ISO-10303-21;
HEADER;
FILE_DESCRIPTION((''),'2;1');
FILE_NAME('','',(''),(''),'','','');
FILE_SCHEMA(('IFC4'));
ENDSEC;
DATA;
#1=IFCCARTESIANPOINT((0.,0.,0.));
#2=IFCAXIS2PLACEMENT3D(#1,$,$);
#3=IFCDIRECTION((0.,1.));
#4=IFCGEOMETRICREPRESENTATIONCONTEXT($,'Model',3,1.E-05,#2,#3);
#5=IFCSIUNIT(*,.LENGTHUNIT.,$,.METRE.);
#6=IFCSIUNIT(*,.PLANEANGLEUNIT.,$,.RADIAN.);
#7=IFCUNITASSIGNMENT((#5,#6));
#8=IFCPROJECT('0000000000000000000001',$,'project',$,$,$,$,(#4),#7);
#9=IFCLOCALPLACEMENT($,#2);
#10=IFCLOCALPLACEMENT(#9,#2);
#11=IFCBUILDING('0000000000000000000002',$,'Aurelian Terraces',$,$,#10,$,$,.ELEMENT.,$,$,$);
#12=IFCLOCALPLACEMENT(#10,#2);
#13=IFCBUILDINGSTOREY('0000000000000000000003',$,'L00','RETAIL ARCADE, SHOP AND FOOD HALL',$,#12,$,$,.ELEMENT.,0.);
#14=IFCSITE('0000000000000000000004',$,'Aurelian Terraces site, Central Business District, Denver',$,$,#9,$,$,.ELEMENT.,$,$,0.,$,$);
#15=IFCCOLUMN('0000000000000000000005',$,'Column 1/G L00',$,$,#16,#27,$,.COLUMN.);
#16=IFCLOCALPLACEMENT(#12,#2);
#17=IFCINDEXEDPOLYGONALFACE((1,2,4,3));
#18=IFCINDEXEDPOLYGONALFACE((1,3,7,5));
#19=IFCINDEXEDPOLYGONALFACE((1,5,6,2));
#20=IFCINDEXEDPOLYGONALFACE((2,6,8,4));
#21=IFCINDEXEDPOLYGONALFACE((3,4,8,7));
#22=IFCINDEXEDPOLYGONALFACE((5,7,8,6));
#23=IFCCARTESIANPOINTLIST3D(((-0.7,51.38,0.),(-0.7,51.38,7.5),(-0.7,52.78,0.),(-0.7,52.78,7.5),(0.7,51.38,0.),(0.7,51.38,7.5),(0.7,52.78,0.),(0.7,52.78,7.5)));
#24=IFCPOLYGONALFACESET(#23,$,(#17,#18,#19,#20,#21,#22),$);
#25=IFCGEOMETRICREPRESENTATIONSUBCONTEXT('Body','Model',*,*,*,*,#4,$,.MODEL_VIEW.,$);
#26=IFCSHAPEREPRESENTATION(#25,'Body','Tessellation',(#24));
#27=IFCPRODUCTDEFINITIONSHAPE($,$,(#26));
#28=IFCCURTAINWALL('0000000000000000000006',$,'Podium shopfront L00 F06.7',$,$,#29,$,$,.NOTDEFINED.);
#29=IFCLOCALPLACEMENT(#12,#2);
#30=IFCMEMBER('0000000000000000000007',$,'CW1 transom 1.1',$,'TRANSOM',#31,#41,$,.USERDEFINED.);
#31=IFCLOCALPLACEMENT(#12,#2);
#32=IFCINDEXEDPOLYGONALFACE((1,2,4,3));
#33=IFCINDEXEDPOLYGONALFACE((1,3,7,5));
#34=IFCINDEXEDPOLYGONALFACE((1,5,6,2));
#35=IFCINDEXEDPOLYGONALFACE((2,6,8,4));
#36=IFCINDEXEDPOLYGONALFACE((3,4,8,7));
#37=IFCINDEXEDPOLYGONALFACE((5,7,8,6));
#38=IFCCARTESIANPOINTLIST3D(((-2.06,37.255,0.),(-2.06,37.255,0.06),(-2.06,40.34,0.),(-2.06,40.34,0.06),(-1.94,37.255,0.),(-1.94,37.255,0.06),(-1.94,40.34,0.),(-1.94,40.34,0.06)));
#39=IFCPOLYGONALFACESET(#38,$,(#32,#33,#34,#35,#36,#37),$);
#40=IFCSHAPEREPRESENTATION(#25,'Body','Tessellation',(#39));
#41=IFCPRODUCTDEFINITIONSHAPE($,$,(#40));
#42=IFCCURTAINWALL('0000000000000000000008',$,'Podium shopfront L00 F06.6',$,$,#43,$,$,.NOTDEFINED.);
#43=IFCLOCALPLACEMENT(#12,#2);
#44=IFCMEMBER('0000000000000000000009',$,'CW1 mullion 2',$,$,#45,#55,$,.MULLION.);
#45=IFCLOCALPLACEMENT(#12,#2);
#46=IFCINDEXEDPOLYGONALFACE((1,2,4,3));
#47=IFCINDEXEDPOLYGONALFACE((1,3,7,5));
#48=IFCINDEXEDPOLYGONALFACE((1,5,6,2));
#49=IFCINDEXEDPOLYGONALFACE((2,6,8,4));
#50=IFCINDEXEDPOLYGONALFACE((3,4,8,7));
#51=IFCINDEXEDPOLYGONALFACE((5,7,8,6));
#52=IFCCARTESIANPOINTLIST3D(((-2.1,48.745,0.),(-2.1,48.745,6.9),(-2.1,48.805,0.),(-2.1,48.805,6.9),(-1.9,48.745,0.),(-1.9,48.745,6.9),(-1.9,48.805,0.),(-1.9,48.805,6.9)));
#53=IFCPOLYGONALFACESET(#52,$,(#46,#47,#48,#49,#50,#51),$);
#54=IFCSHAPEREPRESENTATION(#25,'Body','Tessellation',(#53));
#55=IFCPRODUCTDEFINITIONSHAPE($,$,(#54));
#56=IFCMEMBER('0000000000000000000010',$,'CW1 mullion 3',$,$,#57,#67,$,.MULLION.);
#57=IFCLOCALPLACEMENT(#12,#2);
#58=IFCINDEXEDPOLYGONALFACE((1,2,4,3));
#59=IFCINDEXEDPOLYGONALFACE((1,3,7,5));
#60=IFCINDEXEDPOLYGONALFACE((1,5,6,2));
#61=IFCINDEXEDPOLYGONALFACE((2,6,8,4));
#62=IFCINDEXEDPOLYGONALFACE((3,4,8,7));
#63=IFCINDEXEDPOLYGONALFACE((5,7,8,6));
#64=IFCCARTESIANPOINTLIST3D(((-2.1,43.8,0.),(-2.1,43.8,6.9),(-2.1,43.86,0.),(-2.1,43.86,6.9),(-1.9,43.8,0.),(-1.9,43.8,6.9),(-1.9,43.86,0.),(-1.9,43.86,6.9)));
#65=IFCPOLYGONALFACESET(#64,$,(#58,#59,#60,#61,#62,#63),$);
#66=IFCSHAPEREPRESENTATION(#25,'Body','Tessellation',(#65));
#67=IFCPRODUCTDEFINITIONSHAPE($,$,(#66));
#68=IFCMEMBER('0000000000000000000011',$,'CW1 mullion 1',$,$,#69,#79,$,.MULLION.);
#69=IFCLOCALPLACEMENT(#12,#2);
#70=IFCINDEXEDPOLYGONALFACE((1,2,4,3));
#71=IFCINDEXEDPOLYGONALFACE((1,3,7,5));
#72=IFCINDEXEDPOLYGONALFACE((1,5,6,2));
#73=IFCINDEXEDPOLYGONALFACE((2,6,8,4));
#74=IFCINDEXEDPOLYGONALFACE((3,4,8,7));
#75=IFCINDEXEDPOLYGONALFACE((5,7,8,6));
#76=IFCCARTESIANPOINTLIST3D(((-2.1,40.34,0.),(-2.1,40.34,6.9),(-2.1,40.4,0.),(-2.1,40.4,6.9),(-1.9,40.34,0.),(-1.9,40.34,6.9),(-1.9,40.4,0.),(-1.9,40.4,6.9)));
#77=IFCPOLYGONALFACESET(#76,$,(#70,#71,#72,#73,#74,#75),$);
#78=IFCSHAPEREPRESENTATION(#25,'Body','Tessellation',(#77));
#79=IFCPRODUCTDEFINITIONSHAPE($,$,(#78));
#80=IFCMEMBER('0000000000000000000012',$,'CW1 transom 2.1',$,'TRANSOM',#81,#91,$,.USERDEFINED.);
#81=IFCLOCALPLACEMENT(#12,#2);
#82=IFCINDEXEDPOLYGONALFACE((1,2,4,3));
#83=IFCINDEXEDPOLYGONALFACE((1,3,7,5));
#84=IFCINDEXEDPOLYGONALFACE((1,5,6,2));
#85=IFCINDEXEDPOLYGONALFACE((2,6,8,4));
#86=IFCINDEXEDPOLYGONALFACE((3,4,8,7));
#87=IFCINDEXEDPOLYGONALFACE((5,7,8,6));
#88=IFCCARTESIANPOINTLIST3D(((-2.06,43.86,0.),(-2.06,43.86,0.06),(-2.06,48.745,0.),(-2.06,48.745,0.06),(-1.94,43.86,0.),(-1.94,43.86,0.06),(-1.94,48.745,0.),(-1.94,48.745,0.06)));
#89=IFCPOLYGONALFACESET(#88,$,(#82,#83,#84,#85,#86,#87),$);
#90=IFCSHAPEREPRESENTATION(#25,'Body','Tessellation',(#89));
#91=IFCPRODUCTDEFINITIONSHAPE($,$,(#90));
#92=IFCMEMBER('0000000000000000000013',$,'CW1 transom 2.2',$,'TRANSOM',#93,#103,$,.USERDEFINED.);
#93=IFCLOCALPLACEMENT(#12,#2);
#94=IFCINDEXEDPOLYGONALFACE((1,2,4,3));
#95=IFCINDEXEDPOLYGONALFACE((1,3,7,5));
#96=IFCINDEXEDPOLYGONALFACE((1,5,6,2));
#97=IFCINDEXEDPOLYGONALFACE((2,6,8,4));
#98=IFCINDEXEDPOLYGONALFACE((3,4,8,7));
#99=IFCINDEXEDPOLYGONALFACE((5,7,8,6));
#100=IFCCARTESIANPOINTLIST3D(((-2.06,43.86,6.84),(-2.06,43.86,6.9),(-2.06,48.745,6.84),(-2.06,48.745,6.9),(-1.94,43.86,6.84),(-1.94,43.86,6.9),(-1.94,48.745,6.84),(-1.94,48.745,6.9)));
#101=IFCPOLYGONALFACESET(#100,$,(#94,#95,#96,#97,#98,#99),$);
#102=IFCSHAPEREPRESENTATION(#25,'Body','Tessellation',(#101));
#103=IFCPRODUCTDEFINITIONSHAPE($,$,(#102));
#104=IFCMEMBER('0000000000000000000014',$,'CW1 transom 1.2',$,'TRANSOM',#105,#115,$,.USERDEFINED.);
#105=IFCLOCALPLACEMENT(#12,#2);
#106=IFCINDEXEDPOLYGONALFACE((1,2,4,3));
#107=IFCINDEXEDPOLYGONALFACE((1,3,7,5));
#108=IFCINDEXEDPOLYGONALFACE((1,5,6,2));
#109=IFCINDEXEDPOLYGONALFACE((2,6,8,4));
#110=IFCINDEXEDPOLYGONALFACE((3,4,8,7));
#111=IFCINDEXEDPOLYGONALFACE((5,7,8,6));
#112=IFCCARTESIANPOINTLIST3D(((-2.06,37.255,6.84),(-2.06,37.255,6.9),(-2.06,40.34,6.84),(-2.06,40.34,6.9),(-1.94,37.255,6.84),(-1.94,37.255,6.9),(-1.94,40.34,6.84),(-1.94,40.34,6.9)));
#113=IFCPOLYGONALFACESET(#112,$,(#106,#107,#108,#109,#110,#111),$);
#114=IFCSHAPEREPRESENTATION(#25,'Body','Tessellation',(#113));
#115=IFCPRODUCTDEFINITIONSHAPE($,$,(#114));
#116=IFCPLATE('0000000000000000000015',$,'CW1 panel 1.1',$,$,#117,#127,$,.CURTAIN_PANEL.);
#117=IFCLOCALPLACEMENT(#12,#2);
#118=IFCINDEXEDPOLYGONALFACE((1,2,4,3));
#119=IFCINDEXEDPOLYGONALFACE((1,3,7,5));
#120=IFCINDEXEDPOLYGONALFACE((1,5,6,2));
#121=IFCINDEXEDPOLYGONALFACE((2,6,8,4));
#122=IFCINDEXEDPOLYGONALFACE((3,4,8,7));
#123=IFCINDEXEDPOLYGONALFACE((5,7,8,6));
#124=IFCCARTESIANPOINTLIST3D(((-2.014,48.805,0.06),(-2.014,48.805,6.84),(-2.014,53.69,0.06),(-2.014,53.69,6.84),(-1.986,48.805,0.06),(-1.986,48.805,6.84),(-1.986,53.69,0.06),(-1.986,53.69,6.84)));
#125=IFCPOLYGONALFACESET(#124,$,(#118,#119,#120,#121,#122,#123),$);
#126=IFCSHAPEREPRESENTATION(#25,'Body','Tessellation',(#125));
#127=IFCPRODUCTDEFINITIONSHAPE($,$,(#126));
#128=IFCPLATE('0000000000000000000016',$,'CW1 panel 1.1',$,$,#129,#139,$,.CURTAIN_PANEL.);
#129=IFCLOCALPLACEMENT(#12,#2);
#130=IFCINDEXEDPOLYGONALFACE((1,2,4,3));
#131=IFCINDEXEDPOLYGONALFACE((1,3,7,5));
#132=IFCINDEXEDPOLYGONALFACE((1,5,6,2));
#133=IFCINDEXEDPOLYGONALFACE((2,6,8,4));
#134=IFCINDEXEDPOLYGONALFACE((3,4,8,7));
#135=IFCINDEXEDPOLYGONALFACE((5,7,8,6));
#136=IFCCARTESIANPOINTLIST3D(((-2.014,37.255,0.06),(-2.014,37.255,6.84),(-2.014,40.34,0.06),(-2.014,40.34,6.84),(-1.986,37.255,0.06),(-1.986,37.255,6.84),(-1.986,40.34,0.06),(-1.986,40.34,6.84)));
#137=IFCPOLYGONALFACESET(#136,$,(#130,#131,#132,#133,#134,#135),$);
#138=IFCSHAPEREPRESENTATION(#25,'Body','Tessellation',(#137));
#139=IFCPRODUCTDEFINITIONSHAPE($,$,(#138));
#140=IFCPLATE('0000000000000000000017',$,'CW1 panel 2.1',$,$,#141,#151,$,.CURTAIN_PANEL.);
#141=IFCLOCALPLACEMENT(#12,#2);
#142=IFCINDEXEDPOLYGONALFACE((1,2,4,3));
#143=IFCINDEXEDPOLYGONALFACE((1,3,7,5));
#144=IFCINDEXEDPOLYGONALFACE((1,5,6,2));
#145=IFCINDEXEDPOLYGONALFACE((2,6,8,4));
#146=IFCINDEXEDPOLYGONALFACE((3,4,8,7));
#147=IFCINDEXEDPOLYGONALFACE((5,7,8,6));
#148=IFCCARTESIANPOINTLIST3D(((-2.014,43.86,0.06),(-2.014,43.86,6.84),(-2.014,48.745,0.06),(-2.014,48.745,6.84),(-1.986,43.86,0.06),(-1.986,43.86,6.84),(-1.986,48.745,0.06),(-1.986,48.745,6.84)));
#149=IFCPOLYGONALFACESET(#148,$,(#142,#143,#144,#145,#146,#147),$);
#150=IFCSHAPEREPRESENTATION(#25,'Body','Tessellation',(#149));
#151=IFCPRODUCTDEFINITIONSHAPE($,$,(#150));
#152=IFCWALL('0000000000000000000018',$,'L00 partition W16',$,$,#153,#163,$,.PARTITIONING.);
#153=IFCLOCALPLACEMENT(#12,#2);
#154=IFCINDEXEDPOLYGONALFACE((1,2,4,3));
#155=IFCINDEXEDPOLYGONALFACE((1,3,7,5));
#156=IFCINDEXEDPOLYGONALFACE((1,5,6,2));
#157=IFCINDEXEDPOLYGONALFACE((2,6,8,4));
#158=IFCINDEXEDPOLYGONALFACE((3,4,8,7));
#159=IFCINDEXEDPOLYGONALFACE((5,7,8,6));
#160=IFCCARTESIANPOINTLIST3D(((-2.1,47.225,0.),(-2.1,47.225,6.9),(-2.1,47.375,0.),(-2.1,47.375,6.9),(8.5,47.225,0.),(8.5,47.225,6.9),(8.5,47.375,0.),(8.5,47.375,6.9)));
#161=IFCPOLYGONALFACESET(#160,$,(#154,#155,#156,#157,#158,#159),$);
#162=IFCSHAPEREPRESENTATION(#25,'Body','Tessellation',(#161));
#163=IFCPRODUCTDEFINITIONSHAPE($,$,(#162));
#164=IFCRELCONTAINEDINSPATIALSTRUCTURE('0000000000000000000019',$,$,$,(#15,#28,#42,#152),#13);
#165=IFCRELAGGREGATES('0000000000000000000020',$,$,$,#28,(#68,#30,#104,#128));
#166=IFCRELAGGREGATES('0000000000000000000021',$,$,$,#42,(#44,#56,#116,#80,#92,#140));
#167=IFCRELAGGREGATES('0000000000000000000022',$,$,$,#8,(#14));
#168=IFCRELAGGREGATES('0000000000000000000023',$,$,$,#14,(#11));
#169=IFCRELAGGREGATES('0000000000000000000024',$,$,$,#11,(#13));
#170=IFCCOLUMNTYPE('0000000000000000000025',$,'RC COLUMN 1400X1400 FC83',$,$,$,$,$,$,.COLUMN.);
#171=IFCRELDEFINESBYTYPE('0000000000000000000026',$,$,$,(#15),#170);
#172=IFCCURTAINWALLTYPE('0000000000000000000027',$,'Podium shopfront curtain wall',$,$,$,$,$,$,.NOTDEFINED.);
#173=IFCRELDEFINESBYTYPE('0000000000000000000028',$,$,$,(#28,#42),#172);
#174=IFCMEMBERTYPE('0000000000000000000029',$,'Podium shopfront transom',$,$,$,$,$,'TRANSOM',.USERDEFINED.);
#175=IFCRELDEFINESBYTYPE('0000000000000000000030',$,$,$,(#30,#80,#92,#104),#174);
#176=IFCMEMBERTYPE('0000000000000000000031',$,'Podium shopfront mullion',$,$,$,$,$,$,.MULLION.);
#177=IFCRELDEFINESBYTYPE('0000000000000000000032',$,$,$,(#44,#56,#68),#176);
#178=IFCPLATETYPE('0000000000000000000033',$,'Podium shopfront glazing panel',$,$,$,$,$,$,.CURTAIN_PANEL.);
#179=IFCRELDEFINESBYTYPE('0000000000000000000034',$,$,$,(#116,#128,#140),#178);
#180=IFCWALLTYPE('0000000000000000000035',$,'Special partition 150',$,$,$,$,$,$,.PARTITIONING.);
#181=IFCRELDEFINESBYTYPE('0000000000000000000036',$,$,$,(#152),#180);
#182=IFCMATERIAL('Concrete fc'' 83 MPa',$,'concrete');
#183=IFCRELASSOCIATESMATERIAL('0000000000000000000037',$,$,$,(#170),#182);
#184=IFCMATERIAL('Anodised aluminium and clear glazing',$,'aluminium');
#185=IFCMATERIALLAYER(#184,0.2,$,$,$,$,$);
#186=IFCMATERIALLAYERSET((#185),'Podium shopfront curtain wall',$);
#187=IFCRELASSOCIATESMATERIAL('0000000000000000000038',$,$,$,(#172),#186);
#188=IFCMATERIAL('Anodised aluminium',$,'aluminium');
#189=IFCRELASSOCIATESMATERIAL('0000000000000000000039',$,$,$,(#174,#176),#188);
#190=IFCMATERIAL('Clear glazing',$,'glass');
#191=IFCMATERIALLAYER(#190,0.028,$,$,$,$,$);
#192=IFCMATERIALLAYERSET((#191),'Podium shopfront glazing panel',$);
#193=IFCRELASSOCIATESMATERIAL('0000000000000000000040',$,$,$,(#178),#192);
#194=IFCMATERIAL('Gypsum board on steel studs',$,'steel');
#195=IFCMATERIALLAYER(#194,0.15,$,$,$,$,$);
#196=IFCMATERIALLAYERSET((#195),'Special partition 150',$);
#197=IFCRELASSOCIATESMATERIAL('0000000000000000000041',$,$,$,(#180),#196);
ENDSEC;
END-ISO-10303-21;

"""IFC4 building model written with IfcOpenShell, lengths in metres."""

from ifc_helpers import new_model, si_unit, direction, frame, frame_2d, origin, origin_2d, place, context, subcontext, project, spatial, rectangle, extrude, source, transform, mapped, material, layer, layer_set, material_profile, profile_set, type_object, element, aggregate, save


model = new_model("IFC4")

# Units and contexts
model_context = context("Model", 3, precision=1e-05, world=origin(), true_north=direction((0.0, 1.0)))
body_context = subcontext(model_context, "Body", "Model", "MODEL_VIEW")
ifc_project = project(units=[si_unit("LENGTHUNIT", "METRE"), si_unit("PLANEANGLEUNIT", "RADIAN")], contexts=[model_context])

# Site, building, storey
site_placement = place(None, origin())
site = spatial("IfcSite", under=ifc_project, at=site_placement, Name="Aurelian Terraces site, Central Business District, Denver", CompositionType="ELEMENT", RefElevation=0.0)
building_placement = place(site_placement, origin())
building = spatial("IfcBuilding", under=site, at=building_placement, Name="Aurelian Terraces", CompositionType="ELEMENT")
storey_placement = place(building_placement, origin())
storey = spatial("IfcBuildingStorey", under=building, at=storey_placement, Name="L00", Description="RETAIL ARCADE, SHOP AND FOOD HALL", CompositionType="ELEMENT", Elevation=0.0)

# Column
ifc_material_1 = material(Name="Concrete fc' 83 MPa", Category="concrete")
ifc_material_profile_1 = material_profile(ifc_material_1, rectangle(XDim=1.4, YDim=1.4, at=origin_2d()))
ifc_profile_set_1 = profile_set([ifc_material_profile_1], Name="Concrete fc' 83 MPa")
column_type = type_object("IfcColumnType", Name="RC COLUMN 1400X1400 FC83", PredefinedType="COLUMN", material=ifc_profile_set_1)
shared_shape_1 = source(origin(), body_context, "Body", "SweptSolid", [
    extrude(rectangle(XDim=1.4, YDim=1.4, at=origin_2d()), origin(), (0.0, 0.0, 1.0), 7.5),
])
column_placement = place(storey_placement, frame((0.0, 52.08, 0.0), z_axis=(0.0, 0.0, 1.0), x_axis=(1.0, 0.0, 0.0)))
element("IfcColumn", 1, at=column_placement, inside=storey, type_object=column_type, Name="Column 1/G L00", PredefinedType="COLUMN", context=body_context, shape_type="MappedRepresentation", body=[
    mapped(shared_shape_1, transform((0.0, 0.0, 0.0), scale=1.0)),
])

# Curtain wall, member
ifc_material_2 = material(Name="Anodised aluminium and clear glazing", Category="aluminium")
ifc_layer_1 = layer(ifc_material_2, 0.2)
ifc_layer_set_1 = layer_set([ifc_layer_1], Name="Podium shopfront curtain wall")
curtain_wall_type = type_object("IfcCurtainWallType", Name="Podium shopfront curtain wall", PredefinedType="NOTDEFINED", material=ifc_layer_set_1)
curtain_wall_1_placement = place(storey_placement, origin())
curtain_wall_1 = element("IfcCurtainWall", 2, at=curtain_wall_1_placement, inside=storey, type_object=curtain_wall_type, Name="Podium shopfront L00 F06.7", PredefinedType="NOTDEFINED")
ifc_material_3 = material(Name="Anodised aluminium", Category="aluminium")
ifc_material_profile_2 = material_profile(ifc_material_3, rectangle(XDim=0.12, YDim=0.06, at=origin_2d()))
ifc_profile_set_2 = profile_set([ifc_material_profile_2], Name="Anodised aluminium")
member_type_1 = type_object("IfcMemberType", Name="Podium shopfront transom", ElementType="TRANSOM", PredefinedType="USERDEFINED", material=ifc_profile_set_2)
member_1_placement = place(storey_placement, frame((-2.0, 40.34, 0.03), z_axis=(0.0, -1.0, 0.0), x_axis=(1.0, 0.0, 0.0)))
member_1 = element("IfcMember", 3, at=member_1_placement, type_object=member_type_1, Name="CW1 transom 1.1", ObjectType="TRANSOM", PredefinedType="USERDEFINED", context=body_context, shape_type="SweptSolid", body=[
    extrude(rectangle(XDim=0.12, YDim=0.06, at=origin_2d()), origin(), (0.0, 0.0, 1.0), 3.085),
])

# Curtain wall, members
curtain_wall_2_placement = place(storey_placement, origin())
curtain_wall_2 = element("IfcCurtainWall", 4, at=curtain_wall_2_placement, inside=storey, type_object=curtain_wall_type, Name="Podium shopfront L00 F06.6", PredefinedType="NOTDEFINED")
ifc_material_profile_3 = material_profile(ifc_material_3, rectangle(XDim=0.2, YDim=0.06, at=origin_2d()))
ifc_profile_set_3 = profile_set([ifc_material_profile_3], Name="Anodised aluminium")
member_type_2 = type_object("IfcMemberType", Name="Podium shopfront mullion", PredefinedType="MULLION", material=ifc_profile_set_3)
shared_shape_2 = source(origin(), body_context, "Body", "SweptSolid", [
    extrude(rectangle(XDim=0.2, YDim=0.06, at=origin_2d()), origin(), (0.0, 0.0, 1.0), 6.9),
])
member_2_placement = place(storey_placement, frame((-2.0, 48.775, 0.0), z_axis=(0.0, 0.0, 1.0), x_axis=(1.0, 0.0, 0.0)))
member_2 = element("IfcMember", 5, at=member_2_placement, type_object=member_type_2, Name="CW1 mullion 2", PredefinedType="MULLION", context=body_context, shape_type="MappedRepresentation", body=[
    mapped(shared_shape_2, transform((0.0, 0.0, 0.0), scale=1.0)),
])
member_3_placement = place(storey_placement, frame((-2.0, 43.83, 0.0), z_axis=(0.0, 0.0, 1.0), x_axis=(1.0, 0.0, 0.0)))
member_3 = element("IfcMember", 6, at=member_3_placement, type_object=member_type_2, Name="CW1 mullion 3", PredefinedType="MULLION", context=body_context, shape_type="MappedRepresentation", body=[
    mapped(shared_shape_2, transform((0.0, 0.0, 0.0), scale=1.0)),
])

# Members
member_4_placement = place(storey_placement, frame((-2.0, 40.37, 0.0), z_axis=(0.0, 0.0, 1.0), x_axis=(1.0, 0.0, 0.0)))
member_4 = element("IfcMember", 7, at=member_4_placement, type_object=member_type_2, Name="CW1 mullion 1", PredefinedType="MULLION", context=body_context, shape_type="MappedRepresentation", body=[
    mapped(shared_shape_2, transform((0.0, 0.0, 0.0), scale=1.0)),
])
shared_shape_3 = source(origin(), body_context, "Body", "SweptSolid", [
    extrude(rectangle(XDim=0.12, YDim=0.06, at=origin_2d()), origin(), (0.0, 0.0, 1.0), 4.885),
])
member_5_placement = place(storey_placement, frame((-2.0, 48.745, 0.03), z_axis=(0.0, -1.0, 0.0), x_axis=(1.0, 0.0, 0.0)))
member_5 = element("IfcMember", 8, at=member_5_placement, type_object=member_type_1, Name="CW1 transom 2.1", ObjectType="TRANSOM", PredefinedType="USERDEFINED", context=body_context, shape_type="MappedRepresentation", body=[
    mapped(shared_shape_3, transform((0.0, 0.0, 0.0), scale=1.0)),
])
member_6_placement = place(storey_placement, frame((-2.0, 48.745, 6.87), z_axis=(0.0, -1.0, 0.0), x_axis=(1.0, 0.0, 0.0)))
member_6 = element("IfcMember", 9, at=member_6_placement, type_object=member_type_1, Name="CW1 transom 2.2", ObjectType="TRANSOM", PredefinedType="USERDEFINED", context=body_context, shape_type="MappedRepresentation", body=[
    mapped(shared_shape_3, transform((0.0, 0.0, 0.0), scale=1.0)),
])
shared_shape_4 = source(origin(), body_context, "Body", "SweptSolid", [
    extrude(rectangle(XDim=0.12, YDim=0.06, at=origin_2d()), origin(), (0.0, 0.0, 1.0), 3.085),
])
member_7_placement = place(storey_placement, frame((-2.0, 40.34, 6.87), z_axis=(0.0, -1.0, 0.0), x_axis=(1.0, 0.0, 0.0)))
member_7 = element("IfcMember", 10, at=member_7_placement, type_object=member_type_1, Name="CW1 transom 1.2", ObjectType="TRANSOM", PredefinedType="USERDEFINED", context=body_context, shape_type="MappedRepresentation", body=[
    mapped(shared_shape_4, transform((0.0, 0.0, 0.0), scale=1.0)),
])

# Plates
ifc_material_4 = material(Name="Clear glazing", Category="glass")
ifc_layer_2 = layer(ifc_material_4, 0.028)
ifc_layer_set_2 = layer_set([ifc_layer_2], Name="Podium shopfront glazing panel")
plate_type = type_object("IfcPlateType", Name="Podium shopfront glazing panel", PredefinedType="CURTAIN_PANEL", material=ifc_layer_set_2)
plate_1_placement = place(storey_placement, frame((-2.0, 51.2475, 0.06), z_axis=(0.0, 0.0, 1.0), x_axis=(0.0, -1.0, 0.0)))
plate_1 = element("IfcPlate", 11, at=plate_1_placement, type_object=plate_type, Name="CW1 panel 1.1", PredefinedType="CURTAIN_PANEL", context=body_context, shape_type="SweptSolid", body=[
    extrude(rectangle(XDim=4.885, YDim=0.028, at=origin_2d()), origin(), (0.0, 0.0, 1.0), 6.78),
])
plate_2_placement = place(storey_placement, frame((-2.0, 38.7975, 0.06), z_axis=(0.0, 0.0, 1.0), x_axis=(0.0, -1.0, 0.0)))
plate_2 = element("IfcPlate", 12, at=plate_2_placement, type_object=plate_type, Name="CW1 panel 1.1", PredefinedType="CURTAIN_PANEL", context=body_context, shape_type="SweptSolid", body=[
    extrude(rectangle(XDim=3.085, YDim=0.028, at=origin_2d()), origin(), (0.0, 0.0, 1.0), 6.78),
])
aggregate(curtain_wall_1, [member_4, member_1, member_7, plate_2])
shared_shape_5 = source(origin(), body_context, "Body", "SweptSolid", [
    extrude(rectangle(XDim=4.885, YDim=0.028, at=origin_2d()), origin(), (0.0, 0.0, 1.0), 6.78),
])
plate_3_placement = place(storey_placement, frame((-2.0, 46.3025, 0.06), z_axis=(0.0, 0.0, 1.0), x_axis=(0.0, -1.0, 0.0)))
plate_3 = element("IfcPlate", 13, at=plate_3_placement, type_object=plate_type, Name="CW1 panel 2.1", PredefinedType="CURTAIN_PANEL", context=body_context, shape_type="MappedRepresentation", body=[
    mapped(shared_shape_5, transform((0.0, 0.0, 0.0), scale=1.0)),
])
aggregate(curtain_wall_2, [member_2, member_3, plate_1, member_5, member_6, plate_3])

# Wall
ifc_material_5 = material(Name="Gypsum board on steel studs", Category="steel")
ifc_layer_3 = layer(ifc_material_5, 0.15)
ifc_layer_set_3 = layer_set([ifc_layer_3], Name="Special partition 150")
wall_type_1 = type_object("IfcWallType", Name="Special partition 150", PredefinedType="PARTITIONING", material=ifc_layer_set_3)
wall_1_placement = place(storey_placement, frame((-2.1, 47.3, 0.0), z_axis=(0.0, 0.0, 1.0), x_axis=(1.0, 0.0, 0.0)))
element("IfcWall", 14, at=wall_1_placement, inside=storey, type_object=wall_type_1, Name="L00 partition W16", PredefinedType="PARTITIONING", context=body_context, shape_type="SweptSolid", body=[
    extrude(rectangle(XDim=10.6, YDim=0.15, at=frame_2d((5.3, 0.0))), origin(), (0.0, 0.0, 1.0), 6.9),
])

save(model, "model.ifc")
